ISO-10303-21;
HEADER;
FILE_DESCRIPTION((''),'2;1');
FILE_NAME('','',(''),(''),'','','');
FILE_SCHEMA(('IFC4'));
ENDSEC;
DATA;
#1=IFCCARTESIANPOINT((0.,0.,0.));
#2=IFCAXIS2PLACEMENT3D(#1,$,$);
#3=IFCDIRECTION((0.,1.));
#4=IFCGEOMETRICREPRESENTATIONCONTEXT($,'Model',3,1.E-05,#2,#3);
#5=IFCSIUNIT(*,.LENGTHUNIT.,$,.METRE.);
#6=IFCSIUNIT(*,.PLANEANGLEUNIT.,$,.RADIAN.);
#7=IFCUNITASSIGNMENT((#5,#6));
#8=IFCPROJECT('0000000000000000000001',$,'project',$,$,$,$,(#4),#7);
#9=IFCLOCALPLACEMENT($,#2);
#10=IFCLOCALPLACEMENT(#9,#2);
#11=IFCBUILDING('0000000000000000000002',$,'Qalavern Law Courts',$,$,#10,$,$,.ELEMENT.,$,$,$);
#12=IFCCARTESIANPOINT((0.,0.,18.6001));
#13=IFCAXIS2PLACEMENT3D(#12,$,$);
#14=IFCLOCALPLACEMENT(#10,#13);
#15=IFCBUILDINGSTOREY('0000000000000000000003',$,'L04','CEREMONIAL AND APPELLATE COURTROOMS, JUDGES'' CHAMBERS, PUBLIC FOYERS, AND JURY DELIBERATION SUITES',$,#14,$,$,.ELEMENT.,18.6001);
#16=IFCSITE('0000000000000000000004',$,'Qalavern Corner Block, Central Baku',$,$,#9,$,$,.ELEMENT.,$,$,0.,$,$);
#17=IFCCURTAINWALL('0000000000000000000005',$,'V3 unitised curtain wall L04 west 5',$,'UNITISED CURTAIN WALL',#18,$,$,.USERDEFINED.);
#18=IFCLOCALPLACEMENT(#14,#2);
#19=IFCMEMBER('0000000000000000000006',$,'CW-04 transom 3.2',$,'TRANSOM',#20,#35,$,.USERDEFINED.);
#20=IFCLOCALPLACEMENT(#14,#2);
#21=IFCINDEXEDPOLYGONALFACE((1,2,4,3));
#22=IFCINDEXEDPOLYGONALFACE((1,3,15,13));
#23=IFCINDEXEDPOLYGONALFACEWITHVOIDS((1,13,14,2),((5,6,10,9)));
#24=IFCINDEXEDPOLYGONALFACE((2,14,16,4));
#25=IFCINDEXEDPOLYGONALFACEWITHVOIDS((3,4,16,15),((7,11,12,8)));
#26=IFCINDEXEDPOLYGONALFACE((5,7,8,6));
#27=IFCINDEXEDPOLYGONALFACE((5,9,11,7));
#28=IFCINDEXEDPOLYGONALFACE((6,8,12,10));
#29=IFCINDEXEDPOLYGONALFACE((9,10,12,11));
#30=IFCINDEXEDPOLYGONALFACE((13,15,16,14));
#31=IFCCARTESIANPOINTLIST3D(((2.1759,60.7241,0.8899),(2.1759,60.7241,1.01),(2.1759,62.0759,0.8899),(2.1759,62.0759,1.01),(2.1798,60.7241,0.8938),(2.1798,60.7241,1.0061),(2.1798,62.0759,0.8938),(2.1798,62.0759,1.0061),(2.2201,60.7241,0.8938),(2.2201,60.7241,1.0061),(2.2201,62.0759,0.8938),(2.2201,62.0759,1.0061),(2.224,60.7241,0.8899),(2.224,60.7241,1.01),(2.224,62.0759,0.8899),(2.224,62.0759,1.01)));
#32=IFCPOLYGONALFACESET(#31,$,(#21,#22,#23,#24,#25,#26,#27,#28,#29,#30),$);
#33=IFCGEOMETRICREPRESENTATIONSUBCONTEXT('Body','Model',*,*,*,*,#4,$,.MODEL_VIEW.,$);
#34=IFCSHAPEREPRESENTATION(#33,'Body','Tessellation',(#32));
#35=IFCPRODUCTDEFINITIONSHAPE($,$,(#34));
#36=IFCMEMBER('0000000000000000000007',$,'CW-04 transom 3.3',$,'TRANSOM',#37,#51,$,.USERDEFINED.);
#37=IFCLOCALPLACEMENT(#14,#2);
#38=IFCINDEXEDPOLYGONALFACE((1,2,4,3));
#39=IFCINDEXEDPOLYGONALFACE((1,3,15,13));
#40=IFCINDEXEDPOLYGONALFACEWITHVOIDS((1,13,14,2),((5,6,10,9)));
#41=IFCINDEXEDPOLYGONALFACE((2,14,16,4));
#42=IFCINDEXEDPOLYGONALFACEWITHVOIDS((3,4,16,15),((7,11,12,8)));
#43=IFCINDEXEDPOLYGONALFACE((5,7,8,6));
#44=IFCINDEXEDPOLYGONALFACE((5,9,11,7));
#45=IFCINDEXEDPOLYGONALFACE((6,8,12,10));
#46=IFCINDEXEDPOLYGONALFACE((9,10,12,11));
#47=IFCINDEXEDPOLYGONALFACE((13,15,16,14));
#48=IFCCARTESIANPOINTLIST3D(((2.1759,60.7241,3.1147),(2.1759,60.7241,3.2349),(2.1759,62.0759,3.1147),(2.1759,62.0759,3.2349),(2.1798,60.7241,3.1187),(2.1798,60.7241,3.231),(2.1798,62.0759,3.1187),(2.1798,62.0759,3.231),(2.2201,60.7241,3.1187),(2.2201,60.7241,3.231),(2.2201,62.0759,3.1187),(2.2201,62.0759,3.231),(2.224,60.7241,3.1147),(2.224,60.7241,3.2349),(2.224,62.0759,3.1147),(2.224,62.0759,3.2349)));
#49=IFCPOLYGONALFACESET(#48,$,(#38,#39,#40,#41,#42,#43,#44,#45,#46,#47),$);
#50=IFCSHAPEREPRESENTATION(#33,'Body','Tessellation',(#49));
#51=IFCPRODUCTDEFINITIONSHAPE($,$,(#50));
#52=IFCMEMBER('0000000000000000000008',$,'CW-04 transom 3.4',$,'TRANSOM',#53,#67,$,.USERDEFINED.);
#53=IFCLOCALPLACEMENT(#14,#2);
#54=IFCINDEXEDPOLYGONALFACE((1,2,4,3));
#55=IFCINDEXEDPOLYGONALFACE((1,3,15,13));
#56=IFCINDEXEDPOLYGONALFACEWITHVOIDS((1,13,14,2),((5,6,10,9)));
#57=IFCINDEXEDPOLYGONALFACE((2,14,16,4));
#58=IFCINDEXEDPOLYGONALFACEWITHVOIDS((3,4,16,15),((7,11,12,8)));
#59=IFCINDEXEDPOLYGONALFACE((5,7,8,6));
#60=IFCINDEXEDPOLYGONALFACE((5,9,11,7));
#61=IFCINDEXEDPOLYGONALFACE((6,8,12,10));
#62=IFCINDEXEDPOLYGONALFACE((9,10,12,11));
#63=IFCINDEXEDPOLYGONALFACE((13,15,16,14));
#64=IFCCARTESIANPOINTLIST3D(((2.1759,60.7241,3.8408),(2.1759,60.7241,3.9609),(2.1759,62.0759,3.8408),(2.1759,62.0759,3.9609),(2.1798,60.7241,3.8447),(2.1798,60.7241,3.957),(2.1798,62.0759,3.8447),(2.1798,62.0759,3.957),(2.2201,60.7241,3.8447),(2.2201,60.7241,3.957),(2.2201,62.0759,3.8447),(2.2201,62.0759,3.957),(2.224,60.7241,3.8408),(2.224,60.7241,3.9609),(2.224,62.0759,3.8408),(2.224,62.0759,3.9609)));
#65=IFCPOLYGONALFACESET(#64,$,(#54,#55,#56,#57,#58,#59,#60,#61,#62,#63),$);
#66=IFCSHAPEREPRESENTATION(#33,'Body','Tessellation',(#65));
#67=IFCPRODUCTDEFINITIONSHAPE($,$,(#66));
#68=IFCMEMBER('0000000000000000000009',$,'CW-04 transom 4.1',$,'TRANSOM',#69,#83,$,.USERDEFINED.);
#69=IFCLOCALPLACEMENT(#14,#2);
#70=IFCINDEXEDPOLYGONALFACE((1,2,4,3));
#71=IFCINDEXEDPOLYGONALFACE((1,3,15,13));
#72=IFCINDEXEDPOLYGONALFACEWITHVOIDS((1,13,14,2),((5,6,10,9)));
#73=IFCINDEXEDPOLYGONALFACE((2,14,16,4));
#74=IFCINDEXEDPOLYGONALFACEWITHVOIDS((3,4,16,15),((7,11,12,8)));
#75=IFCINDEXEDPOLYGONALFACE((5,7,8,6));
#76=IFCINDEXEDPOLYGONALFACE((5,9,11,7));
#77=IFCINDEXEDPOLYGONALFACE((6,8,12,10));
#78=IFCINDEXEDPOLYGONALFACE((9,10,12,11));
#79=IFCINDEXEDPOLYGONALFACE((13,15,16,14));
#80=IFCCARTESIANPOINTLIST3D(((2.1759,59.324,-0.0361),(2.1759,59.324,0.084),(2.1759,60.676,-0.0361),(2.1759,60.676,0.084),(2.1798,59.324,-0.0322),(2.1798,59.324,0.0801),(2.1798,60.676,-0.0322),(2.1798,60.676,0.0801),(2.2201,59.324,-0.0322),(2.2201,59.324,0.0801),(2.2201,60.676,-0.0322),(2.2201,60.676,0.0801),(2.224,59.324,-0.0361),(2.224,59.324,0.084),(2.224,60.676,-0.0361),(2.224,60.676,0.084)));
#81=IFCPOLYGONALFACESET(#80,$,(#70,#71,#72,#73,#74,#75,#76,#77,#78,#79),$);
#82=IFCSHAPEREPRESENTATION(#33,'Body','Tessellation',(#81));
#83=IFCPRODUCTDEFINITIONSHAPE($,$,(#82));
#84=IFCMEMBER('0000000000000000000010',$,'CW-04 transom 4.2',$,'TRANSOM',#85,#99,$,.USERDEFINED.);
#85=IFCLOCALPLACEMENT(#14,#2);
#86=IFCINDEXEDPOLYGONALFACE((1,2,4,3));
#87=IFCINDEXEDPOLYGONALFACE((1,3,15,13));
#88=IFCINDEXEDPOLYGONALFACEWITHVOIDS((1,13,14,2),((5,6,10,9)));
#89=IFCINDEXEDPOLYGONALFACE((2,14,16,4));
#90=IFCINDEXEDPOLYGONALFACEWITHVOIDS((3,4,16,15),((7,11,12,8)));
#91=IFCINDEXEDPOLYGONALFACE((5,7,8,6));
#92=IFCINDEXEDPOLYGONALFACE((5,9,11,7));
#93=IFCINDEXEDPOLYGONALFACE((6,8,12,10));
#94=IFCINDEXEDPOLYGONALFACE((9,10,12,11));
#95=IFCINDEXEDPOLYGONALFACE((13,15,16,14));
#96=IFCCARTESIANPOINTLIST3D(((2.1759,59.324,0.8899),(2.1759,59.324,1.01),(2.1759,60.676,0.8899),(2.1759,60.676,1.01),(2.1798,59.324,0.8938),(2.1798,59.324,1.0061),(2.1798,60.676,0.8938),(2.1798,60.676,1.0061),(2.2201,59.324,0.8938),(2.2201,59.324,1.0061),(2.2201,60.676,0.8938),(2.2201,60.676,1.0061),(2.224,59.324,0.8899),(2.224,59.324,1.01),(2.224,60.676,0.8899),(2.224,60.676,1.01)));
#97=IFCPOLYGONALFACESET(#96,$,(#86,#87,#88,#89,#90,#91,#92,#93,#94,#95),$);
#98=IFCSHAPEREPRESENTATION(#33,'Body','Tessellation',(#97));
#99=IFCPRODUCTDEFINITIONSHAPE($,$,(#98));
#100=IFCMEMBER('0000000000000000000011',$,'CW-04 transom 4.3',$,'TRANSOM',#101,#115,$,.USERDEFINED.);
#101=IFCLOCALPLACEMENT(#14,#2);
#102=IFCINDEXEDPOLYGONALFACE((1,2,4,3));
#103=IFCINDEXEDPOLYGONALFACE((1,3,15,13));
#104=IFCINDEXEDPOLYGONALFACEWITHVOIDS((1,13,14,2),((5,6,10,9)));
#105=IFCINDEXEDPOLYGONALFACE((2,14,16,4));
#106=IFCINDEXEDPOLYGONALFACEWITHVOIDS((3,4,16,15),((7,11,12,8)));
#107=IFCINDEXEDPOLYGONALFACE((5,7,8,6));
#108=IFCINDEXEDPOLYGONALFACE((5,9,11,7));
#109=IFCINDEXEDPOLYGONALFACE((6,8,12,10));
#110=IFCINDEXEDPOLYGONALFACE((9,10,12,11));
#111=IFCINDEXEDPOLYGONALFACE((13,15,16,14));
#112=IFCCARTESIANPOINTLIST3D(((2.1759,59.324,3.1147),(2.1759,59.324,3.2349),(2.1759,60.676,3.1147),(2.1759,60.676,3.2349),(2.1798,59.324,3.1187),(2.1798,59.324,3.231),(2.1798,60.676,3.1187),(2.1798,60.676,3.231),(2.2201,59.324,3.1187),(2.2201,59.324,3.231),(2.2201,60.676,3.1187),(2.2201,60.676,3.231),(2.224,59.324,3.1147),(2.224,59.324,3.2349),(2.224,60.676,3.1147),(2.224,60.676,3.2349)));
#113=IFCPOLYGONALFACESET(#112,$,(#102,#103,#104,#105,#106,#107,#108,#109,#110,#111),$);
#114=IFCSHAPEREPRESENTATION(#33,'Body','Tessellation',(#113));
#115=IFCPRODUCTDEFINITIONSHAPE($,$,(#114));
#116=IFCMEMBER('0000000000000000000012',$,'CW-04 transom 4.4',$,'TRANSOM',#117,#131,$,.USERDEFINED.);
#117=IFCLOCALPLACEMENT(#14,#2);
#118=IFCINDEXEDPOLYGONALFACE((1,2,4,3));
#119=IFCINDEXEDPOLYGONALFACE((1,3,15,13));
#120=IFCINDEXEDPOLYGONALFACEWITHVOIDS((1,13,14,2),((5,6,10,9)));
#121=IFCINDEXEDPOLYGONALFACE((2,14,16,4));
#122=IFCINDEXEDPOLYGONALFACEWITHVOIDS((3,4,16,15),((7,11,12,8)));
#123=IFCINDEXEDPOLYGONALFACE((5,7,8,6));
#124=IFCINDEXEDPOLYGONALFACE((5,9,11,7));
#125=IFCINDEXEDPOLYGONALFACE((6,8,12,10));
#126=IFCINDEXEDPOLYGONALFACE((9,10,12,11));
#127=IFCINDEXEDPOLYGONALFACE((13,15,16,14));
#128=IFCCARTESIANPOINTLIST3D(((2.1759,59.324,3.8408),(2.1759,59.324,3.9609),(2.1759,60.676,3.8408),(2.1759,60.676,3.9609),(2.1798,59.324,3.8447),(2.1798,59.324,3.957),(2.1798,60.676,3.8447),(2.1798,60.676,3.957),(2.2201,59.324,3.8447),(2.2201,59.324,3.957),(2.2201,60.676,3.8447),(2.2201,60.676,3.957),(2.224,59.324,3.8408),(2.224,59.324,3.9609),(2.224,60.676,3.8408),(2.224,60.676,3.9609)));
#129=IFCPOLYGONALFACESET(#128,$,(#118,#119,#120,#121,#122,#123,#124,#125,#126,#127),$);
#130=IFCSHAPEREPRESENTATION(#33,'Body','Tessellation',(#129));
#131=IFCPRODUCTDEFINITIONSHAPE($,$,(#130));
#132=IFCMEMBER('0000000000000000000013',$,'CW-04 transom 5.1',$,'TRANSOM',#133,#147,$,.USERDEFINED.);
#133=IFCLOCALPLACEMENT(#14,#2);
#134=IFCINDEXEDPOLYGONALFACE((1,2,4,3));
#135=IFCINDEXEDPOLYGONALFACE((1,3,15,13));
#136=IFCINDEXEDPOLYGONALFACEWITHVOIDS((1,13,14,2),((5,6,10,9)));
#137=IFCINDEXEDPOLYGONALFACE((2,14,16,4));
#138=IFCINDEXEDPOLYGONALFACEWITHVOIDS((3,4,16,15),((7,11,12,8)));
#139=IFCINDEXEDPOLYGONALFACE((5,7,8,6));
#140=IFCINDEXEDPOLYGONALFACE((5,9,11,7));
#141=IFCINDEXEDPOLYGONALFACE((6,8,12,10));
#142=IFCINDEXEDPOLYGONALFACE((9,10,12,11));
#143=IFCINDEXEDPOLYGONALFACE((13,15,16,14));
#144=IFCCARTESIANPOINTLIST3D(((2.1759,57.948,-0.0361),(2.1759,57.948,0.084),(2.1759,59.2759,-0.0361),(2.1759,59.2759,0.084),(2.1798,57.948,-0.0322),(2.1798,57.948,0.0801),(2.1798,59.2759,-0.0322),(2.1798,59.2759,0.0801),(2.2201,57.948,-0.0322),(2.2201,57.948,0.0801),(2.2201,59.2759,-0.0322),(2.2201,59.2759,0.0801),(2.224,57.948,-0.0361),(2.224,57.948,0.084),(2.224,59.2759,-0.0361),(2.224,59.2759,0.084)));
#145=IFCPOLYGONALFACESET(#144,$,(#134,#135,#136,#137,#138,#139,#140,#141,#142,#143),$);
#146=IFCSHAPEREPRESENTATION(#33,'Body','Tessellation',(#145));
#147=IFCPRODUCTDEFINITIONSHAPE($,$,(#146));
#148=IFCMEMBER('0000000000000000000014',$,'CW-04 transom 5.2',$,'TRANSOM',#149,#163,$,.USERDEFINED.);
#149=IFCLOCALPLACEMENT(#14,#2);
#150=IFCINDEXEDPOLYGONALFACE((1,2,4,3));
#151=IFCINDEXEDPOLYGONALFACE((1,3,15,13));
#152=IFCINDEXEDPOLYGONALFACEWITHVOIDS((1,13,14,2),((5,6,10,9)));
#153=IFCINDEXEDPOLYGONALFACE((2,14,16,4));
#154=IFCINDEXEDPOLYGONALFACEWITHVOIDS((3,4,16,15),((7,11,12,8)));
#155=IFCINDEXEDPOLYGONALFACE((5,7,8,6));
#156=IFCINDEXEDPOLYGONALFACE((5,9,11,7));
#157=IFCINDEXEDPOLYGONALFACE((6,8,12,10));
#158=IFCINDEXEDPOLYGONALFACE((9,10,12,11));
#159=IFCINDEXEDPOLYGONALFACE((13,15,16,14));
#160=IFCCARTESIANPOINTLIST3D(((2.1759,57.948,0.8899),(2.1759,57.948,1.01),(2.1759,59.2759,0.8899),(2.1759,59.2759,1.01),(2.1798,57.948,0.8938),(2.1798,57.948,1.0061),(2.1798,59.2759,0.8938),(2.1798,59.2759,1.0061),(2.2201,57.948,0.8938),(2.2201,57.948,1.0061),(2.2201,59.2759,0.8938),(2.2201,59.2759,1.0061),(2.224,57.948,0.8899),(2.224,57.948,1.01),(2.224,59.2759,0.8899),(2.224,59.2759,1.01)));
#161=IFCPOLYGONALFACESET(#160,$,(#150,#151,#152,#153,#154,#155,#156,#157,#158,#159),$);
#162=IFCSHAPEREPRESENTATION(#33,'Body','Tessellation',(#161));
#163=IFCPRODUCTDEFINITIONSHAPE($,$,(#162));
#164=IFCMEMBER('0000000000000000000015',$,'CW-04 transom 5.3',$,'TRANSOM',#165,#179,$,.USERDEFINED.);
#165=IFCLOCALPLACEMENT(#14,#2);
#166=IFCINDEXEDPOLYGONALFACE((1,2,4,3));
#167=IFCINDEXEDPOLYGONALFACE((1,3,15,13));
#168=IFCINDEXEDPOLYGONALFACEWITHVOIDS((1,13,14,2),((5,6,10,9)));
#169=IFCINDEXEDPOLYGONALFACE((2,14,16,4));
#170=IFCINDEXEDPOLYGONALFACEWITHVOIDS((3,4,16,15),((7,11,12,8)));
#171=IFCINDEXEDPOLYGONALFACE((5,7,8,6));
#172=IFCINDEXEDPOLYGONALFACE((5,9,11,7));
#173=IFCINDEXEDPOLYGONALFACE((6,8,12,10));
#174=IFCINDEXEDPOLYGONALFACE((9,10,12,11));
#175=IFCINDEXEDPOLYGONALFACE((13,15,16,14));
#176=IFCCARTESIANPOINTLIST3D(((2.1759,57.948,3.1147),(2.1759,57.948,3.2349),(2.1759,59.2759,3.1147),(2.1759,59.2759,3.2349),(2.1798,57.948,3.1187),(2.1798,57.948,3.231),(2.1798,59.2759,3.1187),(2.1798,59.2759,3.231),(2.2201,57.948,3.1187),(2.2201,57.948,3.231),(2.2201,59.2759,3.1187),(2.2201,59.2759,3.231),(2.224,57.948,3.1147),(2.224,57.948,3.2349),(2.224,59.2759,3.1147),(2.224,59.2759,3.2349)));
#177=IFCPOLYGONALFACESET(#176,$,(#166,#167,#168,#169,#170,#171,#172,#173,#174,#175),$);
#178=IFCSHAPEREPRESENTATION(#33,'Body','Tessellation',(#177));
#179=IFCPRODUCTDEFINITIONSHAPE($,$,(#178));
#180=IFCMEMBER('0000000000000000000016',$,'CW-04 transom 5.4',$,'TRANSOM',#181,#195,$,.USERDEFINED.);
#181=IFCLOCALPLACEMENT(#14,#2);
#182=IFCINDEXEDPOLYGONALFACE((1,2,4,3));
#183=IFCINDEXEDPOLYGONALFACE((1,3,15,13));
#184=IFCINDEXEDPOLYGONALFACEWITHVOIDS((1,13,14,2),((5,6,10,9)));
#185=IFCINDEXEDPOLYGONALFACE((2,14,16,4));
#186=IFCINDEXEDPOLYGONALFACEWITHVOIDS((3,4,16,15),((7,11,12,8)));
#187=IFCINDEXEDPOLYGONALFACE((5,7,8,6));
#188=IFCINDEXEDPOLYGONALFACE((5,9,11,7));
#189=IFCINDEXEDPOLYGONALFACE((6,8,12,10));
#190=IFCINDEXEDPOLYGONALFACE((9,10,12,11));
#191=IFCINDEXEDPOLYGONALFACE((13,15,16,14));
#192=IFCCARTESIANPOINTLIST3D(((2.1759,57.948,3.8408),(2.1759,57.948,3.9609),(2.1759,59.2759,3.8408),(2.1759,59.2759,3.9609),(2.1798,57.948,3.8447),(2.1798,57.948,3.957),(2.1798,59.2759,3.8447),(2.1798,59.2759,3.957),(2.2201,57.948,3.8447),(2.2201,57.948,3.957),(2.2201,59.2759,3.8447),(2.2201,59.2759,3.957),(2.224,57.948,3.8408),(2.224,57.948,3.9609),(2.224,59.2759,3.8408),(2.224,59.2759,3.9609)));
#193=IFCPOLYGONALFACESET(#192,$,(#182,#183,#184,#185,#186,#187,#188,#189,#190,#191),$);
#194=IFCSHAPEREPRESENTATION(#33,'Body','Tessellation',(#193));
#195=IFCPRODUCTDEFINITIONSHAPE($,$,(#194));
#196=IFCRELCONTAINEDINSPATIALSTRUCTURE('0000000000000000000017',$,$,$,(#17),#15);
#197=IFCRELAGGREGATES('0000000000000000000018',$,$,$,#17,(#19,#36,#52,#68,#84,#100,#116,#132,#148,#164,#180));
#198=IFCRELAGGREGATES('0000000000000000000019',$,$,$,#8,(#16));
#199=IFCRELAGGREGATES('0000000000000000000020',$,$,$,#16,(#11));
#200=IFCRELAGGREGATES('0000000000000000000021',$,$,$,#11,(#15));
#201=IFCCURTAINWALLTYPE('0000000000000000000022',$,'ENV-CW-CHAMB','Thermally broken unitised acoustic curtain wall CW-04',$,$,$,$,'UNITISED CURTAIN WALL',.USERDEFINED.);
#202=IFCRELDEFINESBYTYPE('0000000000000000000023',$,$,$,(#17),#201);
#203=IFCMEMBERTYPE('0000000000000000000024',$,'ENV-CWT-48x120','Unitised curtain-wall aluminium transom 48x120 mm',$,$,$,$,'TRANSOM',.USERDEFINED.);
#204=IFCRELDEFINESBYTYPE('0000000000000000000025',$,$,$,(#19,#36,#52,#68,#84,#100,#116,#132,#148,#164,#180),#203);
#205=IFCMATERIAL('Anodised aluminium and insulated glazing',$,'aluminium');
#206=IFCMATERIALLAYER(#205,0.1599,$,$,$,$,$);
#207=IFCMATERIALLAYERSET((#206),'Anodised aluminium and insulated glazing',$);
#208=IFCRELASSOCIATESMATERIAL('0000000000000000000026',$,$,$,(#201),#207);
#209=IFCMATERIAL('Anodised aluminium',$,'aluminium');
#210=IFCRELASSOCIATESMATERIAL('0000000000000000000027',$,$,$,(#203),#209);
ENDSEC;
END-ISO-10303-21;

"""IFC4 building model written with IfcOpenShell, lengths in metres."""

from ifc_helpers import new_model, si_unit, direction, frame, origin, origin_2d, place, context, subcontext, project, spatial, hollow_rectangle, extrude, material, layer, layer_set, material_profile, profile_set, type_object, element, aggregate, save


model = new_model("IFC4")

# Units and contexts
model_context = context("Model", 3, precision=1e-05, world=origin(), true_north=direction((0.0, 1.0)))
body_context = subcontext(model_context, "Body", "Model", "MODEL_VIEW")
ifc_project = project(units=[si_unit("LENGTHUNIT", "METRE"), si_unit("PLANEANGLEUNIT", "RADIAN")], contexts=[model_context])

# Site, building, storey
site_placement = place(None, origin())
site = spatial("IfcSite", under=ifc_project, at=site_placement, Name="Qalavern Corner Block, Central Baku", CompositionType="ELEMENT", RefElevation=0.0)
building_placement = place(site_placement, origin())
building = spatial("IfcBuilding", under=site, at=building_placement, Name="Qalavern Law Courts", CompositionType="ELEMENT")
storey_placement = place(building_placement, frame((0.0, 0.0, 18.6001)))
storey = spatial("IfcBuildingStorey", under=building, at=storey_placement, Name="L04", Description="CEREMONIAL AND APPELLATE COURTROOMS, JUDGES' CHAMBERS, PUBLIC FOYERS, AND JURY DELIBERATION SUITES", CompositionType="ELEMENT", Elevation=18.6001)

# Curtain wall, members
ifc_material_1 = material(Name="Anodised aluminium and insulated glazing", Category="aluminium")
ifc_layer_1 = layer(ifc_material_1, 0.1599)
ifc_layer_set_1 = layer_set([ifc_layer_1], Name="Anodised aluminium and insulated glazing")
curtain_wall_type = type_object("IfcCurtainWallType", Name="ENV-CW-CHAMB", Description="Thermally broken unitised acoustic curtain wall CW-04", ElementType="UNITISED CURTAIN WALL", PredefinedType="USERDEFINED", material=ifc_layer_set_1)
curtain_wall_placement = place(storey_placement, origin())
curtain_wall = element("IfcCurtainWall", 1, at=curtain_wall_placement, inside=storey, type_object=curtain_wall_type, Name="V3 unitised curtain wall L04 west 5", ObjectType="UNITISED CURTAIN WALL", PredefinedType="USERDEFINED")
ifc_material_2 = material(Name="Anodised aluminium", Category="aluminium")
ifc_material_profile_1 = material_profile(ifc_material_2, hollow_rectangle(XDim=0.0481, YDim=0.1201, WallThickness=0.0039, at=origin_2d()), Name="ALU TRANSOM 48x120")
ifc_profile_set_1 = profile_set([ifc_material_profile_1], Name="Anodised aluminium")
member_type_1 = type_object("IfcMemberType", Name="ENV-CWT-48x120", Description="Unitised curtain-wall aluminium transom 48x120 mm", ElementType="TRANSOM", PredefinedType="USERDEFINED", material=ifc_profile_set_1)
member_1_placement = place(storey_placement, frame((2.2, 62.0759, 0.95), z_axis=(0.0, -1.0, 0.0), x_axis=(1.0, 0.0, 0.0)))
member_1 = element("IfcMember", 2, at=member_1_placement, type_object=member_type_1, Name="CW-04 transom 3.2", ObjectType="TRANSOM", PredefinedType="USERDEFINED", context=body_context, shape_type="SweptSolid", body=[
    extrude(hollow_rectangle(XDim=0.0481, YDim=0.1201, WallThickness=0.0039, at=origin_2d()), origin(), (0.0, 0.0, 1.0), 1.3518),
])
member_2_placement = place(storey_placement, frame((2.2, 62.0759, 3.1748), z_axis=(0.0, -1.0, 0.0), x_axis=(1.0, 0.0, 0.0)))
member_2 = element("IfcMember", 3, at=member_2_placement, type_object=member_type_1, Name="CW-04 transom 3.3", ObjectType="TRANSOM", PredefinedType="USERDEFINED", context=body_context, shape_type="SweptSolid", body=[
    extrude(hollow_rectangle(XDim=0.0481, YDim=0.1201, WallThickness=0.0039, at=origin_2d()), origin(), (0.0, 0.0, 1.0), 1.3518),
])
member_3_placement = place(storey_placement, frame((2.2, 62.0759, 3.9009), z_axis=(0.0, -1.0, 0.0), x_axis=(1.0, 0.0, 0.0)))
member_3 = element("IfcMember", 4, at=member_3_placement, type_object=member_type_1, Name="CW-04 transom 3.4", ObjectType="TRANSOM", PredefinedType="USERDEFINED", context=body_context, shape_type="SweptSolid", body=[
    extrude(hollow_rectangle(XDim=0.0481, YDim=0.1201, WallThickness=0.0039, at=origin_2d()), origin(), (0.0, 0.0, 1.0), 1.3518),
])
member_4_placement = place(storey_placement, frame((2.2, 60.676, 0.0239), z_axis=(0.0, -1.0, 0.0), x_axis=(1.0, 0.0, 0.0)))
member_4 = element("IfcMember", 5, at=member_4_placement, type_object=member_type_1, Name="CW-04 transom 4.1", ObjectType="TRANSOM", PredefinedType="USERDEFINED", context=body_context, shape_type="SweptSolid", body=[
    extrude(hollow_rectangle(XDim=0.0481, YDim=0.1201, WallThickness=0.0039, at=origin_2d()), origin(), (0.0, 0.0, 1.0), 1.3521),
])
member_5_placement = place(storey_placement, frame((2.2, 60.676, 0.95), z_axis=(0.0, -1.0, 0.0), x_axis=(1.0, 0.0, 0.0)))
member_5 = element("IfcMember", 6, at=member_5_placement, type_object=member_type_1, Name="CW-04 transom 4.2", ObjectType="TRANSOM", PredefinedType="USERDEFINED", context=body_context, shape_type="SweptSolid", body=[
    extrude(hollow_rectangle(XDim=0.0481, YDim=0.1201, WallThickness=0.0039, at=origin_2d()), origin(), (0.0, 0.0, 1.0), 1.3521),
])
member_6_placement = place(storey_placement, frame((2.2, 60.676, 3.1748), z_axis=(0.0, -1.0, 0.0), x_axis=(1.0, 0.0, 0.0)))
member_6 = element("IfcMember", 7, at=member_6_placement, type_object=member_type_1, Name="CW-04 transom 4.3", ObjectType="TRANSOM", PredefinedType="USERDEFINED", context=body_context, shape_type="SweptSolid", body=[
    extrude(hollow_rectangle(XDim=0.0481, YDim=0.1201, WallThickness=0.0039, at=origin_2d()), origin(), (0.0, 0.0, 1.0), 1.3521),
])
member_7_placement = place(storey_placement, frame((2.2, 60.676, 3.9009), z_axis=(0.0, -1.0, 0.0), x_axis=(1.0, 0.0, 0.0)))
member_7 = element("IfcMember", 8, at=member_7_placement, type_object=member_type_1, Name="CW-04 transom 4.4", ObjectType="TRANSOM", PredefinedType="USERDEFINED", context=body_context, shape_type="SweptSolid", body=[
    extrude(hollow_rectangle(XDim=0.0481, YDim=0.1201, WallThickness=0.0039, at=origin_2d()), origin(), (0.0, 0.0, 1.0), 1.3521),
])
member_8_placement = place(storey_placement, frame((2.2, 59.2759, 0.0239), z_axis=(0.0, -1.0, 0.0), x_axis=(1.0, 0.0, 0.0)))
member_8 = element("IfcMember", 9, at=member_8_placement, type_object=member_type_1, Name="CW-04 transom 5.1", ObjectType="TRANSOM", PredefinedType="USERDEFINED", context=body_context, shape_type="SweptSolid", body=[
    extrude(hollow_rectangle(XDim=0.0481, YDim=0.1201, WallThickness=0.0039, at=origin_2d()), origin(), (0.0, 0.0, 1.0), 1.3279),
])
member_9_placement = place(storey_placement, frame((2.2, 59.2759, 0.95), z_axis=(0.0, -1.0, 0.0), x_axis=(1.0, 0.0, 0.0)))
member_9 = element("IfcMember", 10, at=member_9_placement, type_object=member_type_1, Name="CW-04 transom 5.2", ObjectType="TRANSOM", PredefinedType="USERDEFINED", context=body_context, shape_type="SweptSolid", body=[
    extrude(hollow_rectangle(XDim=0.0481, YDim=0.1201, WallThickness=0.0039, at=origin_2d()), origin(), (0.0, 0.0, 1.0), 1.3279),
])
member_10_placement = place(storey_placement, frame((2.2, 59.2759, 3.1748), z_axis=(0.0, -1.0, 0.0), x_axis=(1.0, 0.0, 0.0)))
member_10 = element("IfcMember", 11, at=member_10_placement, type_object=member_type_1, Name="CW-04 transom 5.3", ObjectType="TRANSOM", PredefinedType="USERDEFINED", context=body_context, shape_type="SweptSolid", body=[
    extrude(hollow_rectangle(XDim=0.0481, YDim=0.1201, WallThickness=0.0039, at=origin_2d()), origin(), (0.0, 0.0, 1.0), 1.3279),
])
member_11_placement = place(storey_placement, frame((2.2, 59.2759, 3.9009), z_axis=(0.0, -1.0, 0.0), x_axis=(1.0, 0.0, 0.0)))
member_11 = element("IfcMember", 12, at=member_11_placement, type_object=member_type_1, Name="CW-04 transom 5.4", ObjectType="TRANSOM", PredefinedType="USERDEFINED", context=body_context, shape_type="SweptSolid", body=[
    extrude(hollow_rectangle(XDim=0.0481, YDim=0.1201, WallThickness=0.0039, at=origin_2d()), origin(), (0.0, 0.0, 1.0), 1.3279),
])

aggregate(curtain_wall, [member_1, member_2, member_3, member_4, member_5, member_6, member_7, member_8, member_9, member_10, member_11])

save(model, "model.ifc")
